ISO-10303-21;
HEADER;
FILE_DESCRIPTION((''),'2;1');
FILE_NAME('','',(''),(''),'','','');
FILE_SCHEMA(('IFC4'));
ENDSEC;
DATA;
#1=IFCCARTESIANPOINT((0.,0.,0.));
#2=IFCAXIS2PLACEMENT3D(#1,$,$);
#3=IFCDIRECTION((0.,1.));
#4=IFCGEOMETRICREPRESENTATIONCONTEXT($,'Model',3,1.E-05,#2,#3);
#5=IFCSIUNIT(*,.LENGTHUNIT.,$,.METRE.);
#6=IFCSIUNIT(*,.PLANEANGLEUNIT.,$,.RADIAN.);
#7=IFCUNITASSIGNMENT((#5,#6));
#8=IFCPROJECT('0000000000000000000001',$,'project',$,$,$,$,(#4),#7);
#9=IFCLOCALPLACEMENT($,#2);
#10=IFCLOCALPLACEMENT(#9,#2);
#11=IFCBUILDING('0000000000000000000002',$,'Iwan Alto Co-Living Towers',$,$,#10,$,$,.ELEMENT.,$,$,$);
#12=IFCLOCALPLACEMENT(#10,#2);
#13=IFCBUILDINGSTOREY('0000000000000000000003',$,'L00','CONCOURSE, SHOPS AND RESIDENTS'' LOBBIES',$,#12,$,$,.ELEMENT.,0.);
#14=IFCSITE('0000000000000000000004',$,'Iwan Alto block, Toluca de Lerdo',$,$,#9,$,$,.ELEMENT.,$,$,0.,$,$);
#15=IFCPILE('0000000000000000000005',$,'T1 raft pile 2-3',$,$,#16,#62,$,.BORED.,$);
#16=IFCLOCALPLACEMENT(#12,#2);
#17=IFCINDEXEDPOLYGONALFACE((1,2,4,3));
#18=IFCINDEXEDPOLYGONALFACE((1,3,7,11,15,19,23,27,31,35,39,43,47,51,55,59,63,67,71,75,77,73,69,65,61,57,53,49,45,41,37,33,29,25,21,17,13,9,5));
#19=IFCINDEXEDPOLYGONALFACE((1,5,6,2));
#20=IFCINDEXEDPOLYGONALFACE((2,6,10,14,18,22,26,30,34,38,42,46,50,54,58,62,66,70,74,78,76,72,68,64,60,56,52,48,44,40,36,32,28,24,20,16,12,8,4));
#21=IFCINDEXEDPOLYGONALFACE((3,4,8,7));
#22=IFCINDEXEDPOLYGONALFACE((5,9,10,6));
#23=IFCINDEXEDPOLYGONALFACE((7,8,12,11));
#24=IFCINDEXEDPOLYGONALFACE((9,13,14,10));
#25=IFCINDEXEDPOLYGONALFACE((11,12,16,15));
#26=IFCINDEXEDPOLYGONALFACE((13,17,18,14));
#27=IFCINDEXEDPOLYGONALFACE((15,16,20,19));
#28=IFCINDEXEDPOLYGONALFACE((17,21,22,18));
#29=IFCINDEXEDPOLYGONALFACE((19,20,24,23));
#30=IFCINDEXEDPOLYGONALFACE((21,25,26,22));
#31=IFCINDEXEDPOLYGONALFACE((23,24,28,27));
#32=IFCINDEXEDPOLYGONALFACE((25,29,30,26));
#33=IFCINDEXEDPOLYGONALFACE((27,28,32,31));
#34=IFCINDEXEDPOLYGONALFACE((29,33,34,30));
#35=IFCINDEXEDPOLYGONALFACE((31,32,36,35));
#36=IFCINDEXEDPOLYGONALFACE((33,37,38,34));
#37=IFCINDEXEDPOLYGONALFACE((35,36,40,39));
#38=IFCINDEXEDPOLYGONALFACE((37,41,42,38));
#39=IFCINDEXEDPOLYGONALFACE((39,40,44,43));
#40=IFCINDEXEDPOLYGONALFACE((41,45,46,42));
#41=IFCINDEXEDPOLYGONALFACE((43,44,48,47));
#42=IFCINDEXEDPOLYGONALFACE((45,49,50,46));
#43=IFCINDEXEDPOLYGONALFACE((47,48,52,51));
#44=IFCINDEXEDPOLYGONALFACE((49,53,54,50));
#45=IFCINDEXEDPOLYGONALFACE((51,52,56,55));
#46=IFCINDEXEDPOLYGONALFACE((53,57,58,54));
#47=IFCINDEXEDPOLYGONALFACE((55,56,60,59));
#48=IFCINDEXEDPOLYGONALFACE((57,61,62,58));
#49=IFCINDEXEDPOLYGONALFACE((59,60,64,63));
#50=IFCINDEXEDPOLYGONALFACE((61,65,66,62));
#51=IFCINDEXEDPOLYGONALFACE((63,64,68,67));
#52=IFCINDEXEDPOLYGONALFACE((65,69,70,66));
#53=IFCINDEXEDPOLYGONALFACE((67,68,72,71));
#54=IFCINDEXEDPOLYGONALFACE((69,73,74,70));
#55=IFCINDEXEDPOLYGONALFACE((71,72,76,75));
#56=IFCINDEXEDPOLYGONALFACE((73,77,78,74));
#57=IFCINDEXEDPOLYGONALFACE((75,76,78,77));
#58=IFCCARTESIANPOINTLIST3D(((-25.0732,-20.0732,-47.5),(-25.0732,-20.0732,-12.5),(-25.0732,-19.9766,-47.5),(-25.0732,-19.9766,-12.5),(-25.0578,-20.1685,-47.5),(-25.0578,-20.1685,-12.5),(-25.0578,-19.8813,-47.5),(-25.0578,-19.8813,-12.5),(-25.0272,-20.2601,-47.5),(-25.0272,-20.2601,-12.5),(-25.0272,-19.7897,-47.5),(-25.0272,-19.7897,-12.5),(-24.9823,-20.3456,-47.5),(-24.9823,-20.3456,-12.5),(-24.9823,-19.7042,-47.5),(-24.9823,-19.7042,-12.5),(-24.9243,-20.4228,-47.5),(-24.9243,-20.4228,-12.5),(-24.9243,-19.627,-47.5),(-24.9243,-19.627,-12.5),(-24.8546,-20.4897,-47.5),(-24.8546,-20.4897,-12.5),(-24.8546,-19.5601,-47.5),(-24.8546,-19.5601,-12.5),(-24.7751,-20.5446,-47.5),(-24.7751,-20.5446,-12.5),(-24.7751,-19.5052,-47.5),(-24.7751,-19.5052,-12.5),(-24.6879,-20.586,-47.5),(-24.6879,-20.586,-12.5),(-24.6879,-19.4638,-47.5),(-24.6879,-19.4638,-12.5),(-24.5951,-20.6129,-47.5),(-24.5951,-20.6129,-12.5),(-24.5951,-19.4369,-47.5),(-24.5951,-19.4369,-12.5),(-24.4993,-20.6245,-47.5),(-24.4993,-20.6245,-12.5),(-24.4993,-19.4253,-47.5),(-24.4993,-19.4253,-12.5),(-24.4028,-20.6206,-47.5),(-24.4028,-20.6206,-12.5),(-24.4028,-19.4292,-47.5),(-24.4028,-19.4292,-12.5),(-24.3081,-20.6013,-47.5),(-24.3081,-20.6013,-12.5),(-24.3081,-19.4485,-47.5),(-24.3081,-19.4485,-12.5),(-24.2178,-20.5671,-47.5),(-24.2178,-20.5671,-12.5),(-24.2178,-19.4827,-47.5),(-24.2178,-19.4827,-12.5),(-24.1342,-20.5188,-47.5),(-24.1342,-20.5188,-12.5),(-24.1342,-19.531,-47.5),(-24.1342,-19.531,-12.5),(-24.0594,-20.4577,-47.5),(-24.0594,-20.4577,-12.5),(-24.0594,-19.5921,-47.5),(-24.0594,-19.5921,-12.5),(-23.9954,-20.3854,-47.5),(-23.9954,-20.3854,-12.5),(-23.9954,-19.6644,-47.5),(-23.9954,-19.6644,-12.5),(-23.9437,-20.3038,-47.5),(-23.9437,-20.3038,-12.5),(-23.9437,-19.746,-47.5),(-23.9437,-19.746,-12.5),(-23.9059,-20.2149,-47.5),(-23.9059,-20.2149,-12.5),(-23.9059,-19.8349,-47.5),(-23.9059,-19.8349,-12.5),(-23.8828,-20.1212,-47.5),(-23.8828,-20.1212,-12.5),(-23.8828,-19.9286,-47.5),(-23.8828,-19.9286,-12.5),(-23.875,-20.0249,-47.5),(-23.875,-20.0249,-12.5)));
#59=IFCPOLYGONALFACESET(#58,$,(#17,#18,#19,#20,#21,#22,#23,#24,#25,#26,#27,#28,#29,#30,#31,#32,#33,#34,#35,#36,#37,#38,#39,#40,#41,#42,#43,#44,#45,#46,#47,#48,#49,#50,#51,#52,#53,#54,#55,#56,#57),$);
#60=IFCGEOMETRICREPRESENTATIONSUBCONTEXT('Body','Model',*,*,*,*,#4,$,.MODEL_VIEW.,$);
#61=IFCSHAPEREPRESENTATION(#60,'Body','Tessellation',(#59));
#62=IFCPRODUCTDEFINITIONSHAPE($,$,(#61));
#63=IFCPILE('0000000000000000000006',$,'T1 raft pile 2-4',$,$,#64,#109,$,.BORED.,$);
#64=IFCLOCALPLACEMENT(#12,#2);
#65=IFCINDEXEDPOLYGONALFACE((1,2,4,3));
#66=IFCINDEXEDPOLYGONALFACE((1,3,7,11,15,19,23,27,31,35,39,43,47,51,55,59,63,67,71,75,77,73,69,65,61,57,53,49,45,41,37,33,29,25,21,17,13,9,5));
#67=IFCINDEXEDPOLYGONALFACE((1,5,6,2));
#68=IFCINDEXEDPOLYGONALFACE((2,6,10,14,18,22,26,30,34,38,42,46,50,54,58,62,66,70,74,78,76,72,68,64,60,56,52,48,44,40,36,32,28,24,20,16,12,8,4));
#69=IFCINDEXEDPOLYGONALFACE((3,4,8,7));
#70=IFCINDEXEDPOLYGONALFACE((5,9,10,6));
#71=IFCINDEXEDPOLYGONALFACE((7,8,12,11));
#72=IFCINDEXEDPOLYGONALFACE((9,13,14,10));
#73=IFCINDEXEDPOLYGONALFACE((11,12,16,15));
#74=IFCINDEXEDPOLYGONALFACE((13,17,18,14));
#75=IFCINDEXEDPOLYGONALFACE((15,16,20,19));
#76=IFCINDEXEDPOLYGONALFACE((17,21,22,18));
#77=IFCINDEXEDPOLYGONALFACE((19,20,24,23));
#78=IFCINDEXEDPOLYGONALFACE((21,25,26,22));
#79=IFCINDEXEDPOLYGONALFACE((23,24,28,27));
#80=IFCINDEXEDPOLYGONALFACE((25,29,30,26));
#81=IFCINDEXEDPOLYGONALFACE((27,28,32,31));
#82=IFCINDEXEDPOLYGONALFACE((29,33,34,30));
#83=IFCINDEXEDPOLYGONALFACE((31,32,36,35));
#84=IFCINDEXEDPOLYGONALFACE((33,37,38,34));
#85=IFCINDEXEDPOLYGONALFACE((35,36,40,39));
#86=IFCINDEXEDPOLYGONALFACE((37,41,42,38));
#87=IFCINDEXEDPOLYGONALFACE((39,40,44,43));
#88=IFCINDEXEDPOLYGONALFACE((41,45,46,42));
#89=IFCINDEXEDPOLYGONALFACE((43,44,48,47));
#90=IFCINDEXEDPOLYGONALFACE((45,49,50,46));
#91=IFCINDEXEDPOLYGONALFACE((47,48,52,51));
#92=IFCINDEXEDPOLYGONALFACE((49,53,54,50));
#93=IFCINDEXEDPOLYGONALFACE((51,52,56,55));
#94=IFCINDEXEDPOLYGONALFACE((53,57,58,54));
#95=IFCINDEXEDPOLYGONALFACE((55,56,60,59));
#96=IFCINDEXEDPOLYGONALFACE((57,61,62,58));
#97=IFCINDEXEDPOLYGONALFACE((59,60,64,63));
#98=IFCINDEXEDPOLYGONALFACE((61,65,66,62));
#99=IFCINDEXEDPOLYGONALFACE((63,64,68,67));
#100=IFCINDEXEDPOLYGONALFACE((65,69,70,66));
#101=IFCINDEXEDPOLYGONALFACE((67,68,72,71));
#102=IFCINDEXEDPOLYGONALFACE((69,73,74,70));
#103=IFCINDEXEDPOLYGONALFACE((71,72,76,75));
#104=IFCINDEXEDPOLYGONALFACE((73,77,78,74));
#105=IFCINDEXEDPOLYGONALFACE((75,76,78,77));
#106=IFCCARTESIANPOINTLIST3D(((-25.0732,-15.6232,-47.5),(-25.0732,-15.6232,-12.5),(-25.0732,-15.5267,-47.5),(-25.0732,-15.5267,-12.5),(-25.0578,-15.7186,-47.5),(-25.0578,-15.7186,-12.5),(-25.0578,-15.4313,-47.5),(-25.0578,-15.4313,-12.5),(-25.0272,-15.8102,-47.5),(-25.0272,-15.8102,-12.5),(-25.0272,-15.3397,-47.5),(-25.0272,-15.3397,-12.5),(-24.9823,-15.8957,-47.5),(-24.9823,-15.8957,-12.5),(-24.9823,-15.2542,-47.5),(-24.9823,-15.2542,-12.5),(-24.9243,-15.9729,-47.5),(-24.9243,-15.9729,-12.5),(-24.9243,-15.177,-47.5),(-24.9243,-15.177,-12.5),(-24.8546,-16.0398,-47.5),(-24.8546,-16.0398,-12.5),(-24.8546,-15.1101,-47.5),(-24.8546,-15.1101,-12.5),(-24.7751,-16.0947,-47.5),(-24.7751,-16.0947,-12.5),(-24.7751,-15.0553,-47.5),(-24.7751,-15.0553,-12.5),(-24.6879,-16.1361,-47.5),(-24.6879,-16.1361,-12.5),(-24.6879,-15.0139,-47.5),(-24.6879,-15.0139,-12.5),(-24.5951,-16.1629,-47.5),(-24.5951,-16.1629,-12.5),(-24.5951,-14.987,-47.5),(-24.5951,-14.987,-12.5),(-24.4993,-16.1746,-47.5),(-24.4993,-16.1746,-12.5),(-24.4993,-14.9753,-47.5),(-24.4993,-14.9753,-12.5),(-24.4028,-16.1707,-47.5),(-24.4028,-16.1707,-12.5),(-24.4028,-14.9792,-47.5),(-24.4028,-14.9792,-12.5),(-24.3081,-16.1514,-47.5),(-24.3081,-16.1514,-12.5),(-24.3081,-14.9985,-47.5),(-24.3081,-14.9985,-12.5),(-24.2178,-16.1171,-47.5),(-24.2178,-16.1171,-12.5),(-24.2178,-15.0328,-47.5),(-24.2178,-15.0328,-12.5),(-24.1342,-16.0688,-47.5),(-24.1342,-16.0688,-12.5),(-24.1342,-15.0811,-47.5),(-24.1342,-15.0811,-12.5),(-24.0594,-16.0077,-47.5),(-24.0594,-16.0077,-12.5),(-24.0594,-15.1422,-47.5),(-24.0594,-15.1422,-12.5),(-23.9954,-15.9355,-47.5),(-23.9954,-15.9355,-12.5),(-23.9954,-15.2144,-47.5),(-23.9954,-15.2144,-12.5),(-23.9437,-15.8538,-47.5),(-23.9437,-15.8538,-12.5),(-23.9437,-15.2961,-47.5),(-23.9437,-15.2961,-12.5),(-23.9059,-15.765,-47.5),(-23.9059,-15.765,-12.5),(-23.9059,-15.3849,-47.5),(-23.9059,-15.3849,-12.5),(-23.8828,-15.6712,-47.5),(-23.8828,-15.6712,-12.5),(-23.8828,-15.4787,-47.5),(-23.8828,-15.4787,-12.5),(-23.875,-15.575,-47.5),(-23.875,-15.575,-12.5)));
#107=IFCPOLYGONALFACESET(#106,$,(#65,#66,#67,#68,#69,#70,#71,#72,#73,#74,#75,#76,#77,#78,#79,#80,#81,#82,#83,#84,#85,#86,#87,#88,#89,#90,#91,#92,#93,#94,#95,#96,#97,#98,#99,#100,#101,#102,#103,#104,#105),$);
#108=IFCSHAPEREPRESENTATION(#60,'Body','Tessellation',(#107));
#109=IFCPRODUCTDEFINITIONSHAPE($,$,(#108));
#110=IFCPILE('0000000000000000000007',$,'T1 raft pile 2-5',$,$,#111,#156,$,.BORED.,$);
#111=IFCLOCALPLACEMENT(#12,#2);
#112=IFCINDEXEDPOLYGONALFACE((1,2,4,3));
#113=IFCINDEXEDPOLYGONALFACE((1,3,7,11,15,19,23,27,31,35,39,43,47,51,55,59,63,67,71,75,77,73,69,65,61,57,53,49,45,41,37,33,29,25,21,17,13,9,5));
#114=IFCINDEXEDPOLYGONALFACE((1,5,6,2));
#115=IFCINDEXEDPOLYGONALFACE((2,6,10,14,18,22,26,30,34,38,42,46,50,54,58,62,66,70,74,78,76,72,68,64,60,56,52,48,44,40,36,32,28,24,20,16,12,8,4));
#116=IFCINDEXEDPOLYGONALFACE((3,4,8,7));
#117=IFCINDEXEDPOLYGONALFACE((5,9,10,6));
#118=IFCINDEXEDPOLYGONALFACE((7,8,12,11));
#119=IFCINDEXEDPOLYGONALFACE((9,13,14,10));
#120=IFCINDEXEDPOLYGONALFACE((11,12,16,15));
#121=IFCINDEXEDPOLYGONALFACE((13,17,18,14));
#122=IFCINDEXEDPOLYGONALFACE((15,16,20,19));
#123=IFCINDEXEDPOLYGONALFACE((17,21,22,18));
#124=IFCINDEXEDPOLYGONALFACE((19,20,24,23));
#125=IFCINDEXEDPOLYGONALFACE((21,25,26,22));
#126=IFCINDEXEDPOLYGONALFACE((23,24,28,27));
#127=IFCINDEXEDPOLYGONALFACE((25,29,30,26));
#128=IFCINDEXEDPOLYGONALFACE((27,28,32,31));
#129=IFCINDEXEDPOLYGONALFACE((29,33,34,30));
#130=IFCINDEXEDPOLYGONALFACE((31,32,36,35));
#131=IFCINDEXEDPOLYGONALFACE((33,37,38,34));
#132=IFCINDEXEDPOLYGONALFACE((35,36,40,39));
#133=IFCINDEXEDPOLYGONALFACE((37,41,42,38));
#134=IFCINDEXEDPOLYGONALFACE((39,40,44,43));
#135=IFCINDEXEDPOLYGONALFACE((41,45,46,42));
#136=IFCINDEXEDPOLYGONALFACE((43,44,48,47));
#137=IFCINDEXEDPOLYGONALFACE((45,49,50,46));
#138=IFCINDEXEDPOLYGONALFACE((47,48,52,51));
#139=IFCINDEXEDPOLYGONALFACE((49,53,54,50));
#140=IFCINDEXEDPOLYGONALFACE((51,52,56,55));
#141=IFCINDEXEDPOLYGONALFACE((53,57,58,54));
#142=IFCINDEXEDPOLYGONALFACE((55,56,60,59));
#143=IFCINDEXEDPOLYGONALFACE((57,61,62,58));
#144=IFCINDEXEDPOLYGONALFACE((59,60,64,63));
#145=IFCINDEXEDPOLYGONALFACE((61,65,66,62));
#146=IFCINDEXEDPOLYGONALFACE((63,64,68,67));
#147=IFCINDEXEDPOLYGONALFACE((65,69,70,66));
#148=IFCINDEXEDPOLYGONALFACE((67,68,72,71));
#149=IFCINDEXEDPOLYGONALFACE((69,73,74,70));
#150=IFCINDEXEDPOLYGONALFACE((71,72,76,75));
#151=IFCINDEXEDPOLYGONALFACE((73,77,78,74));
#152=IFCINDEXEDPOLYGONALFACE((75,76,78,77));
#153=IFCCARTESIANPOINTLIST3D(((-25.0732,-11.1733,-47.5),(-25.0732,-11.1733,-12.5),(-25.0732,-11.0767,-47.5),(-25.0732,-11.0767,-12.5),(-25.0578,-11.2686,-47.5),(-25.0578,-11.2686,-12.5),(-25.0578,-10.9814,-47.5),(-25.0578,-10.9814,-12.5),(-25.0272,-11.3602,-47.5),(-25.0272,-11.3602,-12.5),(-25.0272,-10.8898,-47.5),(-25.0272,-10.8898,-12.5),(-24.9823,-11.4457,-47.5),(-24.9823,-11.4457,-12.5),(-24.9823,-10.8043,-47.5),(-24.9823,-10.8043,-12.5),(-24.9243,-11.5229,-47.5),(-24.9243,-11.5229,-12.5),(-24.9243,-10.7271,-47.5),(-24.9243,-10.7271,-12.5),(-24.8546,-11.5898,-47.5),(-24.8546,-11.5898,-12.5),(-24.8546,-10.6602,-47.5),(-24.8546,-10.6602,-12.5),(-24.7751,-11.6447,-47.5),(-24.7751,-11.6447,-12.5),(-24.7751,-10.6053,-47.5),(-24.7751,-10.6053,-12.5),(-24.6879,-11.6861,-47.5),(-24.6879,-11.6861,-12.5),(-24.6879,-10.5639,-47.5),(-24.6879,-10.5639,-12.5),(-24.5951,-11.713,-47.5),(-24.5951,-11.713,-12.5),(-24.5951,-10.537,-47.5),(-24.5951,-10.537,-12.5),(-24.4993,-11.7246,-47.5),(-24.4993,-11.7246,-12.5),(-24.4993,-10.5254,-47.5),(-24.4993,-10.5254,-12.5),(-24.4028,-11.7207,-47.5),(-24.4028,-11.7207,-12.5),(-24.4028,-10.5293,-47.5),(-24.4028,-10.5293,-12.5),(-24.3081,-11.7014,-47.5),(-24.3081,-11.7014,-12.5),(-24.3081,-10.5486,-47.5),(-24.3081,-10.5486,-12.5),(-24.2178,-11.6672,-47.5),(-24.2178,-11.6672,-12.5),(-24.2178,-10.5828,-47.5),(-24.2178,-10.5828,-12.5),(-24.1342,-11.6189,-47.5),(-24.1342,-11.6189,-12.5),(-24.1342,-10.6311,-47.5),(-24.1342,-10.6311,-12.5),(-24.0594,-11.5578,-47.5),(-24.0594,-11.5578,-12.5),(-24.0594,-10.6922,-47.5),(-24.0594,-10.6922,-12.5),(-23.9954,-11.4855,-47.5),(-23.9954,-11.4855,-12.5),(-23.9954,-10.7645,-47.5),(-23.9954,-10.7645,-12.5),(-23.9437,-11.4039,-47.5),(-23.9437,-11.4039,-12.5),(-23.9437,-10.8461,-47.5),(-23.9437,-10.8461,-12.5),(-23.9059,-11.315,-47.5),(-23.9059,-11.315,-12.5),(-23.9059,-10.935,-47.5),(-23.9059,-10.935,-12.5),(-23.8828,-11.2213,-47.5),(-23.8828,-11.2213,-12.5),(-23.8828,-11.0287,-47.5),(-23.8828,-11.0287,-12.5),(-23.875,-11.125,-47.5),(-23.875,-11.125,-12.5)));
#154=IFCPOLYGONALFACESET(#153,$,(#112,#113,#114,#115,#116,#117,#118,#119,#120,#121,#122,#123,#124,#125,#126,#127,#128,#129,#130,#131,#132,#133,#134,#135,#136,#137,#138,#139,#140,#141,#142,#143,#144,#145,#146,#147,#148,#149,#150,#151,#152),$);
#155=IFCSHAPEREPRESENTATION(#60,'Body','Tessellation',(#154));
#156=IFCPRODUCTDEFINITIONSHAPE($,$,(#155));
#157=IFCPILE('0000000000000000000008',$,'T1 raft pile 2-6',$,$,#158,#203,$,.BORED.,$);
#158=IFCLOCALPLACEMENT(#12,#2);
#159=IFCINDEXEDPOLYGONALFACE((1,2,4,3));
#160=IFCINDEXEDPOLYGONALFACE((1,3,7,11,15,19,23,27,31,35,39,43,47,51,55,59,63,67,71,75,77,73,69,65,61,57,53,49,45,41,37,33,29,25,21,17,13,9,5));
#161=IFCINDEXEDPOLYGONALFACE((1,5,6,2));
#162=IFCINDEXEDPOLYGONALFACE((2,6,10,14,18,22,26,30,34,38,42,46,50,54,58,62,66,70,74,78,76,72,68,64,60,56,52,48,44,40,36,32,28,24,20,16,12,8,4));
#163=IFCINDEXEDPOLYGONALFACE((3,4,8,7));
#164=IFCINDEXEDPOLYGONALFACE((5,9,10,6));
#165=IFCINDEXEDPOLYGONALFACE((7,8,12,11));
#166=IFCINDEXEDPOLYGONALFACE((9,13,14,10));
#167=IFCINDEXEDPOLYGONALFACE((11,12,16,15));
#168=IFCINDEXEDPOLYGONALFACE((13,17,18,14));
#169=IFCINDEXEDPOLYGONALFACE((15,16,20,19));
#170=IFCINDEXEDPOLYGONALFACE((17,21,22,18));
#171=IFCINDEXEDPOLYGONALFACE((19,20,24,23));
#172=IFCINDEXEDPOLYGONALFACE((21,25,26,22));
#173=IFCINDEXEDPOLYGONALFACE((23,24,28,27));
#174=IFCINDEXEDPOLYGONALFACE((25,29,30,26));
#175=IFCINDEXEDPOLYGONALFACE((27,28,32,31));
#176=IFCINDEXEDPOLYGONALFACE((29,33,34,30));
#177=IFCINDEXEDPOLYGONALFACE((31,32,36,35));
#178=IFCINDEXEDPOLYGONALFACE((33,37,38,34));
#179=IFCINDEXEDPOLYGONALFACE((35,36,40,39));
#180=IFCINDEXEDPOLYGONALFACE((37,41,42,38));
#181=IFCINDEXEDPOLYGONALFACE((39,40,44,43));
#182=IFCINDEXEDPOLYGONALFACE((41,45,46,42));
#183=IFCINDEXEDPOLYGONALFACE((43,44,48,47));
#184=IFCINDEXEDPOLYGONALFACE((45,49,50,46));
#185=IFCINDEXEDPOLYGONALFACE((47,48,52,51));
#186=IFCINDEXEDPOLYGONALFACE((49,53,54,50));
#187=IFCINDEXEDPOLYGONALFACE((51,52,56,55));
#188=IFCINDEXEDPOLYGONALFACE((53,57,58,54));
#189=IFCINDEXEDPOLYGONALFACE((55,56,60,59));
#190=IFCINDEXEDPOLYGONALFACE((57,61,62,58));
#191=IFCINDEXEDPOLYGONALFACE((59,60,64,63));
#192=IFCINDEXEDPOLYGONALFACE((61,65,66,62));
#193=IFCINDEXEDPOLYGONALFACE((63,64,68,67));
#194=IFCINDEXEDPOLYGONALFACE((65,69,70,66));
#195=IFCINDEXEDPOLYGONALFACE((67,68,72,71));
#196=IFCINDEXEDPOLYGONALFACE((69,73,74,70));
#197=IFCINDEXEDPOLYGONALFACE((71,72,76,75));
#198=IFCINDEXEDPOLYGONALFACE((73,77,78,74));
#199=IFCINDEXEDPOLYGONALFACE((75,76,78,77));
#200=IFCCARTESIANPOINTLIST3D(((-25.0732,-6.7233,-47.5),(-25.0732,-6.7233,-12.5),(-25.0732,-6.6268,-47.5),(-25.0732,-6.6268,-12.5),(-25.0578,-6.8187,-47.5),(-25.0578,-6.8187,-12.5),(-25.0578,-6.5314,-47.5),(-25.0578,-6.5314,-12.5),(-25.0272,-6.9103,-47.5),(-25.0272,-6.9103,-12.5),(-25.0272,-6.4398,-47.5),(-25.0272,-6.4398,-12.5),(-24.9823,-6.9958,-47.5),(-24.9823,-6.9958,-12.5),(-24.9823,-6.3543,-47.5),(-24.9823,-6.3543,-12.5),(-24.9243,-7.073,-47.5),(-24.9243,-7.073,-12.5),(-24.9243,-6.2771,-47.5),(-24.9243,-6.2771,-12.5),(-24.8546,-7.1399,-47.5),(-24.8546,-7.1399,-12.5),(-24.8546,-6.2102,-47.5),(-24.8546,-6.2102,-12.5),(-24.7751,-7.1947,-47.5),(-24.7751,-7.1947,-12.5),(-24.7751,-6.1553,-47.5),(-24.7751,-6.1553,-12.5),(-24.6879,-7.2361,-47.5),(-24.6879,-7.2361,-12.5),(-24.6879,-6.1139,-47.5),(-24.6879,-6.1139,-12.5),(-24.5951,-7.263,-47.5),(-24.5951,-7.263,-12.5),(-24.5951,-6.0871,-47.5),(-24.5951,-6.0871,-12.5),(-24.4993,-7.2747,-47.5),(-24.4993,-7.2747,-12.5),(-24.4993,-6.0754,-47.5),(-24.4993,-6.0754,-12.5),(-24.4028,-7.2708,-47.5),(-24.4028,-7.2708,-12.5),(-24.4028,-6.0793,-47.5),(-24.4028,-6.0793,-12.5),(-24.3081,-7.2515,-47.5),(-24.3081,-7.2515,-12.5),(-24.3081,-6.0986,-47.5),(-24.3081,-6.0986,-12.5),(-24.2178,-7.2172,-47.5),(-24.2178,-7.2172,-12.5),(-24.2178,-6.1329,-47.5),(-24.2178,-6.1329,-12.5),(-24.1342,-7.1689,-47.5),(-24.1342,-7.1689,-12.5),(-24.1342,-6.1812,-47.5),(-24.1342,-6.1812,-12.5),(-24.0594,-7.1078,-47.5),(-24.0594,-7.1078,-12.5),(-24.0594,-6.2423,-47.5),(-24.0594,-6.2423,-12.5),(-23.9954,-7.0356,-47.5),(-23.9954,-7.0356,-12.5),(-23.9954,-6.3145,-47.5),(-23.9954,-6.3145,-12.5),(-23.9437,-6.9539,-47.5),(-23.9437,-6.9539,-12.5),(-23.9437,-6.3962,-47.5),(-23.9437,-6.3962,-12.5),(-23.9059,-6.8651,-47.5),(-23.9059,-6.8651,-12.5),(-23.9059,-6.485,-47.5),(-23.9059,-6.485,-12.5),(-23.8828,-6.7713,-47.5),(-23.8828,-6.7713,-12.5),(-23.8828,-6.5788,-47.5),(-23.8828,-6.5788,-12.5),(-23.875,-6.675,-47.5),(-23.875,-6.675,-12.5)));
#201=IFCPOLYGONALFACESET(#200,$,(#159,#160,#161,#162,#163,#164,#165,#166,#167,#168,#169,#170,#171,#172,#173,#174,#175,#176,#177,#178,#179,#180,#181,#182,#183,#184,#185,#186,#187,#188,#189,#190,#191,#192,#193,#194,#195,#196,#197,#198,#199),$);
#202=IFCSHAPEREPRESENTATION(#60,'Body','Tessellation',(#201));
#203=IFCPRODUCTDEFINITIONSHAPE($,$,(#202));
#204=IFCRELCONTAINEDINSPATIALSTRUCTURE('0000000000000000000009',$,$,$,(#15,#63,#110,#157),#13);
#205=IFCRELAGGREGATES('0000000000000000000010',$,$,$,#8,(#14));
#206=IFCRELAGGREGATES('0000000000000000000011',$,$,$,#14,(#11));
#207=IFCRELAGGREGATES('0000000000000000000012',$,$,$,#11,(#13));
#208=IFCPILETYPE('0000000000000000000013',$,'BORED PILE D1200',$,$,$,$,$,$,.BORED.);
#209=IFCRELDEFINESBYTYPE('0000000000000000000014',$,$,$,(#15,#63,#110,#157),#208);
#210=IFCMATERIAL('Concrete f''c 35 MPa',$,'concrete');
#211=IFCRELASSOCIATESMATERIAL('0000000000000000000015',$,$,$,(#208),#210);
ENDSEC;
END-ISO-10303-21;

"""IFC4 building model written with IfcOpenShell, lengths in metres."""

from ifc_helpers import new_model, si_unit, direction, frame, origin, origin_2d, place, context, subcontext, project, spatial, circle, extrude, material, material_profile, profile_set, type_object, element, save


model = new_model("IFC4")

# Units and contexts
model_context = context("Model", 3, precision=1e-05, world=origin(), true_north=direction((0.0, 1.0)))
body_context = subcontext(model_context, "Body", "Model", "MODEL_VIEW")
ifc_project = project(units=[si_unit("LENGTHUNIT", "METRE"), si_unit("PLANEANGLEUNIT", "RADIAN")], contexts=[model_context])

# Site, building, storey
site_placement = place(None, origin())
site = spatial("IfcSite", under=ifc_project, at=site_placement, Name="Iwan Alto block, Toluca de Lerdo", CompositionType="ELEMENT", RefElevation=0.0)
building_placement = place(site_placement, origin())
building = spatial("IfcBuilding", under=site, at=building_placement, Name="Iwan Alto Co-Living Towers", CompositionType="ELEMENT")
storey_placement = place(building_placement, origin())
storey = spatial("IfcBuildingStorey", under=building, at=storey_placement, Name="L00", Description="CONCOURSE, SHOPS AND RESIDENTS' LOBBIES", CompositionType="ELEMENT", Elevation=0.0)

# Piles
ifc_material_1 = material(Name="Concrete f'c 35 MPa", Category="concrete")
ifc_material_profile_1 = material_profile(ifc_material_1, circle(Radius=0.6001, at=origin_2d()), Name="D1200")
ifc_profile_set_1 = profile_set([ifc_material_profile_1], Name="Concrete f'c 35 MPa")
pile_type = type_object("IfcPileType", Name="BORED PILE D1200", PredefinedType="BORED", material=ifc_profile_set_1)
for number, where, z_axis, x_axis, name in (
    (1, (-24.4751, -20.0249, -12.5), (0.0, 0.0, -1.0), (1.0, 0.0, 0.0), "T1 raft pile 2-3"),
    (2, (-24.4751, -15.575, -12.5), (0.0, 0.0, -1.0), (1.0, 0.0, 0.0), "T1 raft pile 2-4"),
    (3, (-24.4751, -11.125, -12.5), (0.0, 0.0, -1.0), (1.0, 0.0, 0.0), "T1 raft pile 2-5"),
    (4, (-24.4751, -6.675, -12.5), (0.0, 0.0, -1.0), (1.0, 0.0, 0.0), "T1 raft pile 2-6"),
):
    element("IfcPile", number, at=place(storey_placement, frame(where, z_axis=z_axis, x_axis=x_axis)), inside=storey, type_object=pile_type, Name=name, PredefinedType="BORED", context=body_context, shape_type="SweptSolid", body=[
        extrude(circle(Radius=0.6001, at=origin_2d()), origin(), (0.0, 0.0, 1.0), 35.0),
    ])

save(model, "model.ifc")
